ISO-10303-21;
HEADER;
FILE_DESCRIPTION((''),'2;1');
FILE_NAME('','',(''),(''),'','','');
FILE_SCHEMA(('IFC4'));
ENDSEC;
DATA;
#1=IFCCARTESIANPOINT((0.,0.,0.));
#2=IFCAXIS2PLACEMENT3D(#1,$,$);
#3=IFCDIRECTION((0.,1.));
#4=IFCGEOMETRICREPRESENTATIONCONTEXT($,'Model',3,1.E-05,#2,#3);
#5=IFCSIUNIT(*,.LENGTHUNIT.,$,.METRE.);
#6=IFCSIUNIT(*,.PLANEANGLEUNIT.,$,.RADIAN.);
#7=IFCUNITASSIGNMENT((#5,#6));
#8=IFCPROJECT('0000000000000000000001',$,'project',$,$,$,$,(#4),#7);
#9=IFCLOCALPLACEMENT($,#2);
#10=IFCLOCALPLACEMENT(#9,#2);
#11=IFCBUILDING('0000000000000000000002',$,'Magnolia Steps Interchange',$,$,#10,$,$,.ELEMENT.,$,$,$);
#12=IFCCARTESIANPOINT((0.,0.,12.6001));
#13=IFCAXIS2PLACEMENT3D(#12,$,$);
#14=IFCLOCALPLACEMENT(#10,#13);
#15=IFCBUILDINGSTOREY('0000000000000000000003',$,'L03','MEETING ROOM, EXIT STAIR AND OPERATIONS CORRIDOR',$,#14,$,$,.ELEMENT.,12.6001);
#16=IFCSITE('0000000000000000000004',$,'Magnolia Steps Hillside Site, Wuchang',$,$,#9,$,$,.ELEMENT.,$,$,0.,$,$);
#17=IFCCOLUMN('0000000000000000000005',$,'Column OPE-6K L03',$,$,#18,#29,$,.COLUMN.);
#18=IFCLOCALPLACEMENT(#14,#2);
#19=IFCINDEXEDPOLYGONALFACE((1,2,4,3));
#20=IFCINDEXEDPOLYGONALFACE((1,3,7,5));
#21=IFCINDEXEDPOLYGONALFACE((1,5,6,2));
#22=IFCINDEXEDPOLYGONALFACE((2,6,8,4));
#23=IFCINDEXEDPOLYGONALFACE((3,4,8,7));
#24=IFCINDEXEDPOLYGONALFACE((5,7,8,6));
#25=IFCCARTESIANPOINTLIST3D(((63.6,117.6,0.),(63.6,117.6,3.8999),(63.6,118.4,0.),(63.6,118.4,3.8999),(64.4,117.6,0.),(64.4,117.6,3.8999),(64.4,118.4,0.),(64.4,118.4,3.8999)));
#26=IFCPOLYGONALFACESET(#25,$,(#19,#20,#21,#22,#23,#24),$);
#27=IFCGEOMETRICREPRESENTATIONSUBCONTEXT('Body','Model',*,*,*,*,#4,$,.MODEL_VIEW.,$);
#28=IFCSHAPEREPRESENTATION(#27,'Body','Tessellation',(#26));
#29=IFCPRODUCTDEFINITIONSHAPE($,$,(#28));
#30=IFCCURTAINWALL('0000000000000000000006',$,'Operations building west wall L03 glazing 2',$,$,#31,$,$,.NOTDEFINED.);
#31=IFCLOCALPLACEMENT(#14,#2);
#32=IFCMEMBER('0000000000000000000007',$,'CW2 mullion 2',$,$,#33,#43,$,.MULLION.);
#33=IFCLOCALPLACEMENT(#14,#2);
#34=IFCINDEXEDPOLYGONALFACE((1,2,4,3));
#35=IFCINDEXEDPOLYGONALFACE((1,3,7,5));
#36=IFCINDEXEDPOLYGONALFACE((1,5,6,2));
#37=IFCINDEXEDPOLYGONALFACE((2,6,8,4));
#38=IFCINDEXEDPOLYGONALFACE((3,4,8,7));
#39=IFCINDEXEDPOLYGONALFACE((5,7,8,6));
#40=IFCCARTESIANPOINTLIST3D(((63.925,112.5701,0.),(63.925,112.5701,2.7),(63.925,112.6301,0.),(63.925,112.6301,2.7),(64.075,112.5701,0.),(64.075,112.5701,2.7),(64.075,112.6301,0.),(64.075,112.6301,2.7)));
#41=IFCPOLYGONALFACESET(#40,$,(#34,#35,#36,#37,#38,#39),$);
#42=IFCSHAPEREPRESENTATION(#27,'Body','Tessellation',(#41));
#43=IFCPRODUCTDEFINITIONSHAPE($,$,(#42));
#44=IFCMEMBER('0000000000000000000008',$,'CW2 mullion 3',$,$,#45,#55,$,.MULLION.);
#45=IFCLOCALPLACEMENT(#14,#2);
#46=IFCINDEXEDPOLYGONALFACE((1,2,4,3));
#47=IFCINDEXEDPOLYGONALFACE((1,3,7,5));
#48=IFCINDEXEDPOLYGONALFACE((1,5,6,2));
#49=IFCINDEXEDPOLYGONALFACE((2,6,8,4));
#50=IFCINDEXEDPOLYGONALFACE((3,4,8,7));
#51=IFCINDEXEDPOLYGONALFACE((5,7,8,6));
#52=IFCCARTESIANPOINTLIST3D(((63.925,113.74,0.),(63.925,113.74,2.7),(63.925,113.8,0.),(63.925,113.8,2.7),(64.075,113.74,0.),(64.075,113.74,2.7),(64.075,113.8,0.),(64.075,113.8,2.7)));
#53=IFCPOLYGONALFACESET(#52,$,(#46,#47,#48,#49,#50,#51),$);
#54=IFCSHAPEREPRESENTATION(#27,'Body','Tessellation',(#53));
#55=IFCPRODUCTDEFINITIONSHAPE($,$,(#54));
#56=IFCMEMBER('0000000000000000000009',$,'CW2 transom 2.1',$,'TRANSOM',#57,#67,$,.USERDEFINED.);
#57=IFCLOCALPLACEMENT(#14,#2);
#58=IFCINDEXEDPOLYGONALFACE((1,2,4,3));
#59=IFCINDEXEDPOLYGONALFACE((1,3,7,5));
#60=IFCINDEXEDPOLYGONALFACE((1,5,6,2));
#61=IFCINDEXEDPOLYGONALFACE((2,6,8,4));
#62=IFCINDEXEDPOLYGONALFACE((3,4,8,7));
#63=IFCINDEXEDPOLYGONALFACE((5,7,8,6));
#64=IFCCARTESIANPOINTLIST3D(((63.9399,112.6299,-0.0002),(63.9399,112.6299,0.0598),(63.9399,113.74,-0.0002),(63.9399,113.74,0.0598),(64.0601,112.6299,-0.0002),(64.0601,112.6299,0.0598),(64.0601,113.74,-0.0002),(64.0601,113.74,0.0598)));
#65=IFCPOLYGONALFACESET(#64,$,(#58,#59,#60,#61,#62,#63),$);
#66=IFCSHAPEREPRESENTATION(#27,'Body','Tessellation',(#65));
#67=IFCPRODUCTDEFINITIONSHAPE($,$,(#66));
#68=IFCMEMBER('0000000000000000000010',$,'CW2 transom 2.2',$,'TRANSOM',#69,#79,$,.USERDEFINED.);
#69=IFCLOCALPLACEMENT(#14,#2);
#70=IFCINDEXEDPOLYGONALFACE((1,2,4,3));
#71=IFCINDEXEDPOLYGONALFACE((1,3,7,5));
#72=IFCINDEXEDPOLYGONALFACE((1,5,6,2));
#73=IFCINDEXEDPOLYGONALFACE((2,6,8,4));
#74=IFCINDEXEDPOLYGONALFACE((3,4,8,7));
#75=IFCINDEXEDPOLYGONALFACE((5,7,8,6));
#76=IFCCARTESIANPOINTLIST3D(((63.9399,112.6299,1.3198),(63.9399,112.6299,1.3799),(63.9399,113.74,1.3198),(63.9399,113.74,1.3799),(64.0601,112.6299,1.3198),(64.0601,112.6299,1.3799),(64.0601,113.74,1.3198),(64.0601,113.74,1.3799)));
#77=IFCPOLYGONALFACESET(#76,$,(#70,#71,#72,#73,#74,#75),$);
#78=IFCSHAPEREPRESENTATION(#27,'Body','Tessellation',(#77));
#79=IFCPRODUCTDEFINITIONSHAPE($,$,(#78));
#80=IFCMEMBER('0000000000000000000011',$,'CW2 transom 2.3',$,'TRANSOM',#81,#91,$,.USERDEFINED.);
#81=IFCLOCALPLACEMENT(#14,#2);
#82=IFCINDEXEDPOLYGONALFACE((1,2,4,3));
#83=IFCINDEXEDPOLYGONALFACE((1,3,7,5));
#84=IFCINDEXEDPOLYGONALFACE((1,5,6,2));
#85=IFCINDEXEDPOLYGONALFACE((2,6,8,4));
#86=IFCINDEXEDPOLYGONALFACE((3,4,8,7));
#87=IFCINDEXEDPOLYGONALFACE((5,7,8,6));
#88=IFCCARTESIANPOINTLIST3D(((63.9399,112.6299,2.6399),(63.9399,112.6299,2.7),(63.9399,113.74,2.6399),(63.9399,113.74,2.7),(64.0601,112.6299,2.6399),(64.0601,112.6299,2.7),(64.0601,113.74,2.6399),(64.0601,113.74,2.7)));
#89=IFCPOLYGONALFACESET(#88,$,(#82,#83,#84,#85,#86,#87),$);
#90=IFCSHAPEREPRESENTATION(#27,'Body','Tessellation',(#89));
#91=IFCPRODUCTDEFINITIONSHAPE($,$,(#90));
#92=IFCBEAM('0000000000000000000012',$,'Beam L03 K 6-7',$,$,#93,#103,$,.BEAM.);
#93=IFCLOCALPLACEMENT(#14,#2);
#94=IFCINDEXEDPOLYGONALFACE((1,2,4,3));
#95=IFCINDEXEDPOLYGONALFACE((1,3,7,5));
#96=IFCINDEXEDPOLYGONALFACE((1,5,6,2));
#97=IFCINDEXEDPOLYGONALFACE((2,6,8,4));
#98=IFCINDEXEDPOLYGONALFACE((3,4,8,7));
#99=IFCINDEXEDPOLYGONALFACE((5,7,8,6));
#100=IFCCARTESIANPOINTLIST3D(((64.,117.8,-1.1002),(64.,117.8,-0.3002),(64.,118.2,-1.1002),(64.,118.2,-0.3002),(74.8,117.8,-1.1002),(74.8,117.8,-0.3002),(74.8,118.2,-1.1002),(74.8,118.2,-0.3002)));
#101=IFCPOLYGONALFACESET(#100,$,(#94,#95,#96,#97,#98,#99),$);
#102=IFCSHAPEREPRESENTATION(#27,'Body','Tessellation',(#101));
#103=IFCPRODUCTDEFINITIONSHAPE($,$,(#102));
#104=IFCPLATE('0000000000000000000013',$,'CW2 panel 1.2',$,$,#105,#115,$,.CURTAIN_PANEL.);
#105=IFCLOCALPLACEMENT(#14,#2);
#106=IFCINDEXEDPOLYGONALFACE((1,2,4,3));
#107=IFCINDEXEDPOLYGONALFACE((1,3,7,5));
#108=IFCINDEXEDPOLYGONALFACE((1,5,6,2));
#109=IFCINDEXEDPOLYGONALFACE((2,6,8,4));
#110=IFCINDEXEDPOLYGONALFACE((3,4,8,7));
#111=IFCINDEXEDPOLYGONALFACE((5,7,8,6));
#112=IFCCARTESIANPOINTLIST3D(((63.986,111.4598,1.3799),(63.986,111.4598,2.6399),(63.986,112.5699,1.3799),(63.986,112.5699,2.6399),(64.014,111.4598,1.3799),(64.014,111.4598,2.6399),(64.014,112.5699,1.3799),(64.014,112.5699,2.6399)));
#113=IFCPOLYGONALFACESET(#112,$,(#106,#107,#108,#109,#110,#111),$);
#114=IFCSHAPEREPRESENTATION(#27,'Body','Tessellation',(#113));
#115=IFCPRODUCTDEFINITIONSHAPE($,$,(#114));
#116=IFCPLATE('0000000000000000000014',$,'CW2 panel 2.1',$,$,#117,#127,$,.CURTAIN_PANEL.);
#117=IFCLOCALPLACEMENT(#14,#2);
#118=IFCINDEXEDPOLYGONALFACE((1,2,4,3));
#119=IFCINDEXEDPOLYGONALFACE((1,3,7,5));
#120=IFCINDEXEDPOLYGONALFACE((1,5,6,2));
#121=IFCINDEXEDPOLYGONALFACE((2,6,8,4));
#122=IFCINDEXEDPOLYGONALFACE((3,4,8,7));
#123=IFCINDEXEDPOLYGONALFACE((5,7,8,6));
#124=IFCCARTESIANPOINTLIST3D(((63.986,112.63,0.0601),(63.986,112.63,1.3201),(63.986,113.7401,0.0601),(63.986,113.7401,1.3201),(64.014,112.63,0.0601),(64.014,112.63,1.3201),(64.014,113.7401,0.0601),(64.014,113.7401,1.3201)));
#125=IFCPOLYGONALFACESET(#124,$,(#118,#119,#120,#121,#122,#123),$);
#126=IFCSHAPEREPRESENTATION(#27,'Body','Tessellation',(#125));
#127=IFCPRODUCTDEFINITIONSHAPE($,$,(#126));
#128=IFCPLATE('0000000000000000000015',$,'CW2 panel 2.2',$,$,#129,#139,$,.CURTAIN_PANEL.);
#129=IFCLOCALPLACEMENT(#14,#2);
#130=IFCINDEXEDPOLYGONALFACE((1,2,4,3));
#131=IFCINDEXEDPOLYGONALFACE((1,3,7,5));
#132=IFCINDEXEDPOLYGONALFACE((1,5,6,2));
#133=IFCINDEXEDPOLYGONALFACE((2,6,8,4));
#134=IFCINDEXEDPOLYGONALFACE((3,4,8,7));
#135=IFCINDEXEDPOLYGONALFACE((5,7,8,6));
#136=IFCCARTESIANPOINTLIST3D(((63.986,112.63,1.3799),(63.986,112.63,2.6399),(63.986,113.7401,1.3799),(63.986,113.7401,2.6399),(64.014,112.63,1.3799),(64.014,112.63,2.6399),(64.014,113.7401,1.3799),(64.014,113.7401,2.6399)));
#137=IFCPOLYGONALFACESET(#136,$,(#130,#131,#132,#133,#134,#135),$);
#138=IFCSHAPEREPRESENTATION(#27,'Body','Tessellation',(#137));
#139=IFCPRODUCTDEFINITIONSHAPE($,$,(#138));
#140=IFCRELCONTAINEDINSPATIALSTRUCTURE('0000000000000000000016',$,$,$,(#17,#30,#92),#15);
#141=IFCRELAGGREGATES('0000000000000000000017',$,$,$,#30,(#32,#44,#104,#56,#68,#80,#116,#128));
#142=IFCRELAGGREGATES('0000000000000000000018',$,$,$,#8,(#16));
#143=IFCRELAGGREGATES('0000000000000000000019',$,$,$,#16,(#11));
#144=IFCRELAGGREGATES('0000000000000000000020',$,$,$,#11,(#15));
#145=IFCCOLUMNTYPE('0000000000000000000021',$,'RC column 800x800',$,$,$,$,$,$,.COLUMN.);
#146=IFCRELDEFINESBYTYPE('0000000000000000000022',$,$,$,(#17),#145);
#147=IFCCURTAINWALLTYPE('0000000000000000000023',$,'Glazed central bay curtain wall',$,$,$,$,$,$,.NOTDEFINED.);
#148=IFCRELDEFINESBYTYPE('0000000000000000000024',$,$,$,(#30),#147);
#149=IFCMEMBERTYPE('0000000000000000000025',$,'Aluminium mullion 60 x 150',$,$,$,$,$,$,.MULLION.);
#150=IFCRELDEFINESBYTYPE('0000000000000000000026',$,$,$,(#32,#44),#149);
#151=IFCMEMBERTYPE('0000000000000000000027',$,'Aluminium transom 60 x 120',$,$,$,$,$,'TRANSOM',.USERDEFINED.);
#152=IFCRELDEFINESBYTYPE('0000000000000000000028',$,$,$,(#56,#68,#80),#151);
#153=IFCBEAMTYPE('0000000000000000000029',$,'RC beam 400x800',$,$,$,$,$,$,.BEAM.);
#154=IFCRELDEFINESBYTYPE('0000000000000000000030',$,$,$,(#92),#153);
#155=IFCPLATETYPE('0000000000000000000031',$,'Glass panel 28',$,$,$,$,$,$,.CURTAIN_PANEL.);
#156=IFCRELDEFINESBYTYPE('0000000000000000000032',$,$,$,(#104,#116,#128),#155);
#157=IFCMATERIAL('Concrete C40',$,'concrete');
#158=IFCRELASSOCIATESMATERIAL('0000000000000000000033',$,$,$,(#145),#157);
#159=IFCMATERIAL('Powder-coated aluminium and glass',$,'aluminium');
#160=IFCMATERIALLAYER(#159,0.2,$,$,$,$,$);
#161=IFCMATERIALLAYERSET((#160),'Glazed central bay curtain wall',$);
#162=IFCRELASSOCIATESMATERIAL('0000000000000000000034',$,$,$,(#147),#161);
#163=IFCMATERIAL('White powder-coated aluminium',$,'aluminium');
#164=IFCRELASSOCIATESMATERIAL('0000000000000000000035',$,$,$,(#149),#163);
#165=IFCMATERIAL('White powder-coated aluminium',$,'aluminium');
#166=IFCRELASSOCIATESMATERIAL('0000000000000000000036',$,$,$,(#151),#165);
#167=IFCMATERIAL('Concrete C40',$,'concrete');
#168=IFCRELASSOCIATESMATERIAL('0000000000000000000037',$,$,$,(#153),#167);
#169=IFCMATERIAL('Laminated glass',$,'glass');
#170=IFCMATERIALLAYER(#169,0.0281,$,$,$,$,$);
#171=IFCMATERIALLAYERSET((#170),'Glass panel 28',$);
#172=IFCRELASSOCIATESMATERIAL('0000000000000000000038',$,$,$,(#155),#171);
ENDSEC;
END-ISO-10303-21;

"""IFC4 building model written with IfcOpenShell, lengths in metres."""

from ifc_helpers import new_model, si_unit, direction, frame, origin, origin_2d, place, context, subcontext, project, spatial, rectangle, extrude, material, layer, layer_set, material_profile, profile_set, type_object, element, aggregate, save


model = new_model("IFC4")

# Units and contexts
model_context = context("Model", 3, precision=1e-05, world=origin(), true_north=direction((0.0, 1.0)))
body_context = subcontext(model_context, "Body", "Model", "MODEL_VIEW")
ifc_project = project(units=[si_unit("LENGTHUNIT", "METRE"), si_unit("PLANEANGLEUNIT", "RADIAN")], contexts=[model_context])

# Site, building, storey
site_placement = place(None, origin())
site = spatial("IfcSite", under=ifc_project, at=site_placement, Name="Magnolia Steps Hillside Site, Wuchang", CompositionType="ELEMENT", RefElevation=0.0)
building_placement = place(site_placement, origin())
building = spatial("IfcBuilding", under=site, at=building_placement, Name="Magnolia Steps Interchange", CompositionType="ELEMENT")
storey_placement = place(building_placement, frame((0.0, 0.0, 12.6001)))
storey = spatial("IfcBuildingStorey", under=building, at=storey_placement, Name="L03", Description="MEETING ROOM, EXIT STAIR AND OPERATIONS CORRIDOR", CompositionType="ELEMENT", Elevation=12.6001)

# Column
ifc_material_1 = material(Name="Concrete C40", Category="concrete")
ifc_material_profile_1 = material_profile(ifc_material_1, rectangle(XDim=0.8, YDim=0.8, at=origin_2d()), Name="RC800x800")
ifc_profile_set_1 = profile_set([ifc_material_profile_1], Name="Concrete C40")
column_type = type_object("IfcColumnType", Name="RC column 800x800", PredefinedType="COLUMN", material=ifc_profile_set_1)
column_placement = place(storey_placement, frame((64.0, 118.0, 0.0), z_axis=(0.0, 0.0, 1.0), x_axis=(1.0, 0.0, 0.0)))
element("IfcColumn", 1, at=column_placement, inside=storey, type_object=column_type, Name="Column OPE-6K L03", PredefinedType="COLUMN", context=body_context, shape_type="SweptSolid", body=[
    extrude(rectangle(XDim=0.8, YDim=0.8, at=origin_2d()), origin(), (0.0, 0.0, 1.0), 3.8999),
])

# Curtain wall, members
ifc_material_2 = material(Name="Powder-coated aluminium and glass", Category="aluminium")
ifc_layer_1 = layer(ifc_material_2, 0.2)
ifc_layer_set_1 = layer_set([ifc_layer_1], Name="Glazed central bay curtain wall")
curtain_wall_type = type_object("IfcCurtainWallType", Name="Glazed central bay curtain wall", PredefinedType="NOTDEFINED", material=ifc_layer_set_1)
curtain_wall_placement = place(storey_placement, origin())
curtain_wall = element("IfcCurtainWall", 2, at=curtain_wall_placement, inside=storey, type_object=curtain_wall_type, Name="Operations building west wall L03 glazing 2", PredefinedType="NOTDEFINED")
ifc_material_3 = material(Name="White powder-coated aluminium", Category="aluminium")
ifc_material_profile_2 = material_profile(ifc_material_3, rectangle(XDim=0.0601, YDim=0.1499, at=origin_2d()), Name="Aluminium mullion 60 x 150")
ifc_profile_set_2 = profile_set([ifc_material_profile_2], Name="White powder-coated aluminium")
member_type_1 = type_object("IfcMemberType", Name="Aluminium mullion 60 x 150", PredefinedType="MULLION", material=ifc_profile_set_2)
member_1_placement = place(storey_placement, frame((64.0, 112.6001, 0.0), z_axis=(0.0, 0.0, 1.0), x_axis=(0.0, 1.0, 0.0)))
member_1 = element("IfcMember", 3, at=member_1_placement, type_object=member_type_1, Name="CW2 mullion 2", PredefinedType="MULLION", context=body_context, shape_type="SweptSolid", body=[
    extrude(rectangle(XDim=0.0601, YDim=0.1499, at=origin_2d()), origin(), (0.0, 0.0, 1.0), 2.7),
])
member_2_placement = place(storey_placement, frame((64.0, 113.77, 0.0), z_axis=(0.0, 0.0, 1.0), x_axis=(0.0, 1.0, 0.0)))
member_2 = element("IfcMember", 4, at=member_2_placement, type_object=member_type_1, Name="CW2 mullion 3", PredefinedType="MULLION", context=body_context, shape_type="SweptSolid", body=[
    extrude(rectangle(XDim=0.0601, YDim=0.1499, at=origin_2d()), origin(), (0.0, 0.0, 1.0), 2.7),
])
ifc_material_4 = material(Name="White powder-coated aluminium", Category="aluminium")
ifc_material_profile_3 = material_profile(ifc_material_4, rectangle(XDim=0.0601, YDim=0.1201, at=origin_2d()), Name="Aluminium transom 60 x 120")
ifc_profile_set_3 = profile_set([ifc_material_profile_3], Name="White powder-coated aluminium")
member_type_2 = type_object("IfcMemberType", Name="Aluminium transom 60 x 120", ElementType="TRANSOM", PredefinedType="USERDEFINED", material=ifc_profile_set_3)
member_3_placement = place(storey_placement, frame((64.0, 112.6299, 0.0298), z_axis=(0.0, 1.0, 0.0), x_axis=(0.0, 0.0, 1.0)))
member_3 = element("IfcMember", 5, at=member_3_placement, type_object=member_type_2, Name="CW2 transom 2.1", ObjectType="TRANSOM", PredefinedType="USERDEFINED", context=body_context, shape_type="SweptSolid", body=[
    extrude(rectangle(XDim=0.0601, YDim=0.1201, at=origin_2d()), origin(), (0.0, 0.0, 1.0), 1.1101),
])
member_4_placement = place(storey_placement, frame((64.0, 112.6299, 1.3499), z_axis=(0.0, 1.0, 0.0), x_axis=(0.0, 0.0, 1.0)))
member_4 = element("IfcMember", 6, at=member_4_placement, type_object=member_type_2, Name="CW2 transom 2.2", ObjectType="TRANSOM", PredefinedType="USERDEFINED", context=body_context, shape_type="SweptSolid", body=[
    extrude(rectangle(XDim=0.0601, YDim=0.1201, at=origin_2d()), origin(), (0.0, 0.0, 1.0), 1.1101),
])
member_5_placement = place(storey_placement, frame((64.0, 112.6299, 2.6699), z_axis=(0.0, 1.0, 0.0), x_axis=(0.0, 0.0, 1.0)))
member_5 = element("IfcMember", 7, at=member_5_placement, type_object=member_type_2, Name="CW2 transom 2.3", ObjectType="TRANSOM", PredefinedType="USERDEFINED", context=body_context, shape_type="SweptSolid", body=[
    extrude(rectangle(XDim=0.0601, YDim=0.1201, at=origin_2d()), origin(), (0.0, 0.0, 1.0), 1.1101),
])

# Beam
ifc_material_5 = material(Name="Concrete C40", Category="concrete")
ifc_material_profile_4 = material_profile(ifc_material_5, rectangle(XDim=0.3999, YDim=0.8, at=origin_2d()), Name="RC400x800")
ifc_profile_set_4 = profile_set([ifc_material_profile_4], Name="Concrete C40")
beam_type = type_object("IfcBeamType", Name="RC beam 400x800", PredefinedType="BEAM", material=ifc_profile_set_4)
beam_placement = place(storey_placement, frame((64.0, 118.0, -0.7002), z_axis=(1.0, 0.0, 0.0), x_axis=(0.0, 1.0, 0.0)))
element("IfcBeam", 8, at=beam_placement, inside=storey, type_object=beam_type, Name="Beam L03 K 6-7", PredefinedType="BEAM", context=body_context, shape_type="SweptSolid", body=[
    extrude(rectangle(XDim=0.3999, YDim=0.8, at=origin_2d()), origin(), (0.0, 0.0, 1.0), 10.8),
])

# Plates
ifc_material_6 = material(Name="Laminated glass", Category="glass")
ifc_layer_2 = layer(ifc_material_6, 0.0281)
ifc_layer_set_2 = layer_set([ifc_layer_2], Name="Glass panel 28")
plate_type = type_object("IfcPlateType", Name="Glass panel 28", PredefinedType="CURTAIN_PANEL", material=ifc_layer_set_2)
plate_1_placement = place(storey_placement, frame((64.0, 112.0149, 1.3799), z_axis=(0.0, 0.0, 1.0), x_axis=(0.0, 1.0, 0.0)))
plate_1 = element("IfcPlate", 9, at=plate_1_placement, type_object=plate_type, Name="CW2 panel 1.2", PredefinedType="CURTAIN_PANEL", context=body_context, shape_type="SweptSolid", body=[
    extrude(rectangle(XDim=1.1101, YDim=0.0281, at=origin_2d()), origin(), (0.0, 0.0, 1.0), 1.26),
])
plate_2_placement = place(storey_placement, frame((64.0, 113.1851, 0.0601), z_axis=(0.0, 0.0, 1.0), x_axis=(0.0, 1.0, 0.0)))
plate_2 = element("IfcPlate", 10, at=plate_2_placement, type_object=plate_type, Name="CW2 panel 2.1", PredefinedType="CURTAIN_PANEL", context=body_context, shape_type="SweptSolid", body=[
    extrude(rectangle(XDim=1.1101, YDim=0.0281, at=origin_2d()), origin(), (0.0, 0.0, 1.0), 1.26),
])
plate_3_placement = place(storey_placement, frame((64.0, 113.1851, 1.3799), z_axis=(0.0, 0.0, 1.0), x_axis=(0.0, 1.0, 0.0)))
plate_3 = element("IfcPlate", 11, at=plate_3_placement, type_object=plate_type, Name="CW2 panel 2.2", PredefinedType="CURTAIN_PANEL", context=body_context, shape_type="SweptSolid", body=[
    extrude(rectangle(XDim=1.1101, YDim=0.0281, at=origin_2d()), origin(), (0.0, 0.0, 1.0), 1.26),
])
aggregate(curtain_wall, [member_1, member_2, plate_1, member_3, member_4, member_5, plate_2, plate_3])

save(model, "model.ifc")
